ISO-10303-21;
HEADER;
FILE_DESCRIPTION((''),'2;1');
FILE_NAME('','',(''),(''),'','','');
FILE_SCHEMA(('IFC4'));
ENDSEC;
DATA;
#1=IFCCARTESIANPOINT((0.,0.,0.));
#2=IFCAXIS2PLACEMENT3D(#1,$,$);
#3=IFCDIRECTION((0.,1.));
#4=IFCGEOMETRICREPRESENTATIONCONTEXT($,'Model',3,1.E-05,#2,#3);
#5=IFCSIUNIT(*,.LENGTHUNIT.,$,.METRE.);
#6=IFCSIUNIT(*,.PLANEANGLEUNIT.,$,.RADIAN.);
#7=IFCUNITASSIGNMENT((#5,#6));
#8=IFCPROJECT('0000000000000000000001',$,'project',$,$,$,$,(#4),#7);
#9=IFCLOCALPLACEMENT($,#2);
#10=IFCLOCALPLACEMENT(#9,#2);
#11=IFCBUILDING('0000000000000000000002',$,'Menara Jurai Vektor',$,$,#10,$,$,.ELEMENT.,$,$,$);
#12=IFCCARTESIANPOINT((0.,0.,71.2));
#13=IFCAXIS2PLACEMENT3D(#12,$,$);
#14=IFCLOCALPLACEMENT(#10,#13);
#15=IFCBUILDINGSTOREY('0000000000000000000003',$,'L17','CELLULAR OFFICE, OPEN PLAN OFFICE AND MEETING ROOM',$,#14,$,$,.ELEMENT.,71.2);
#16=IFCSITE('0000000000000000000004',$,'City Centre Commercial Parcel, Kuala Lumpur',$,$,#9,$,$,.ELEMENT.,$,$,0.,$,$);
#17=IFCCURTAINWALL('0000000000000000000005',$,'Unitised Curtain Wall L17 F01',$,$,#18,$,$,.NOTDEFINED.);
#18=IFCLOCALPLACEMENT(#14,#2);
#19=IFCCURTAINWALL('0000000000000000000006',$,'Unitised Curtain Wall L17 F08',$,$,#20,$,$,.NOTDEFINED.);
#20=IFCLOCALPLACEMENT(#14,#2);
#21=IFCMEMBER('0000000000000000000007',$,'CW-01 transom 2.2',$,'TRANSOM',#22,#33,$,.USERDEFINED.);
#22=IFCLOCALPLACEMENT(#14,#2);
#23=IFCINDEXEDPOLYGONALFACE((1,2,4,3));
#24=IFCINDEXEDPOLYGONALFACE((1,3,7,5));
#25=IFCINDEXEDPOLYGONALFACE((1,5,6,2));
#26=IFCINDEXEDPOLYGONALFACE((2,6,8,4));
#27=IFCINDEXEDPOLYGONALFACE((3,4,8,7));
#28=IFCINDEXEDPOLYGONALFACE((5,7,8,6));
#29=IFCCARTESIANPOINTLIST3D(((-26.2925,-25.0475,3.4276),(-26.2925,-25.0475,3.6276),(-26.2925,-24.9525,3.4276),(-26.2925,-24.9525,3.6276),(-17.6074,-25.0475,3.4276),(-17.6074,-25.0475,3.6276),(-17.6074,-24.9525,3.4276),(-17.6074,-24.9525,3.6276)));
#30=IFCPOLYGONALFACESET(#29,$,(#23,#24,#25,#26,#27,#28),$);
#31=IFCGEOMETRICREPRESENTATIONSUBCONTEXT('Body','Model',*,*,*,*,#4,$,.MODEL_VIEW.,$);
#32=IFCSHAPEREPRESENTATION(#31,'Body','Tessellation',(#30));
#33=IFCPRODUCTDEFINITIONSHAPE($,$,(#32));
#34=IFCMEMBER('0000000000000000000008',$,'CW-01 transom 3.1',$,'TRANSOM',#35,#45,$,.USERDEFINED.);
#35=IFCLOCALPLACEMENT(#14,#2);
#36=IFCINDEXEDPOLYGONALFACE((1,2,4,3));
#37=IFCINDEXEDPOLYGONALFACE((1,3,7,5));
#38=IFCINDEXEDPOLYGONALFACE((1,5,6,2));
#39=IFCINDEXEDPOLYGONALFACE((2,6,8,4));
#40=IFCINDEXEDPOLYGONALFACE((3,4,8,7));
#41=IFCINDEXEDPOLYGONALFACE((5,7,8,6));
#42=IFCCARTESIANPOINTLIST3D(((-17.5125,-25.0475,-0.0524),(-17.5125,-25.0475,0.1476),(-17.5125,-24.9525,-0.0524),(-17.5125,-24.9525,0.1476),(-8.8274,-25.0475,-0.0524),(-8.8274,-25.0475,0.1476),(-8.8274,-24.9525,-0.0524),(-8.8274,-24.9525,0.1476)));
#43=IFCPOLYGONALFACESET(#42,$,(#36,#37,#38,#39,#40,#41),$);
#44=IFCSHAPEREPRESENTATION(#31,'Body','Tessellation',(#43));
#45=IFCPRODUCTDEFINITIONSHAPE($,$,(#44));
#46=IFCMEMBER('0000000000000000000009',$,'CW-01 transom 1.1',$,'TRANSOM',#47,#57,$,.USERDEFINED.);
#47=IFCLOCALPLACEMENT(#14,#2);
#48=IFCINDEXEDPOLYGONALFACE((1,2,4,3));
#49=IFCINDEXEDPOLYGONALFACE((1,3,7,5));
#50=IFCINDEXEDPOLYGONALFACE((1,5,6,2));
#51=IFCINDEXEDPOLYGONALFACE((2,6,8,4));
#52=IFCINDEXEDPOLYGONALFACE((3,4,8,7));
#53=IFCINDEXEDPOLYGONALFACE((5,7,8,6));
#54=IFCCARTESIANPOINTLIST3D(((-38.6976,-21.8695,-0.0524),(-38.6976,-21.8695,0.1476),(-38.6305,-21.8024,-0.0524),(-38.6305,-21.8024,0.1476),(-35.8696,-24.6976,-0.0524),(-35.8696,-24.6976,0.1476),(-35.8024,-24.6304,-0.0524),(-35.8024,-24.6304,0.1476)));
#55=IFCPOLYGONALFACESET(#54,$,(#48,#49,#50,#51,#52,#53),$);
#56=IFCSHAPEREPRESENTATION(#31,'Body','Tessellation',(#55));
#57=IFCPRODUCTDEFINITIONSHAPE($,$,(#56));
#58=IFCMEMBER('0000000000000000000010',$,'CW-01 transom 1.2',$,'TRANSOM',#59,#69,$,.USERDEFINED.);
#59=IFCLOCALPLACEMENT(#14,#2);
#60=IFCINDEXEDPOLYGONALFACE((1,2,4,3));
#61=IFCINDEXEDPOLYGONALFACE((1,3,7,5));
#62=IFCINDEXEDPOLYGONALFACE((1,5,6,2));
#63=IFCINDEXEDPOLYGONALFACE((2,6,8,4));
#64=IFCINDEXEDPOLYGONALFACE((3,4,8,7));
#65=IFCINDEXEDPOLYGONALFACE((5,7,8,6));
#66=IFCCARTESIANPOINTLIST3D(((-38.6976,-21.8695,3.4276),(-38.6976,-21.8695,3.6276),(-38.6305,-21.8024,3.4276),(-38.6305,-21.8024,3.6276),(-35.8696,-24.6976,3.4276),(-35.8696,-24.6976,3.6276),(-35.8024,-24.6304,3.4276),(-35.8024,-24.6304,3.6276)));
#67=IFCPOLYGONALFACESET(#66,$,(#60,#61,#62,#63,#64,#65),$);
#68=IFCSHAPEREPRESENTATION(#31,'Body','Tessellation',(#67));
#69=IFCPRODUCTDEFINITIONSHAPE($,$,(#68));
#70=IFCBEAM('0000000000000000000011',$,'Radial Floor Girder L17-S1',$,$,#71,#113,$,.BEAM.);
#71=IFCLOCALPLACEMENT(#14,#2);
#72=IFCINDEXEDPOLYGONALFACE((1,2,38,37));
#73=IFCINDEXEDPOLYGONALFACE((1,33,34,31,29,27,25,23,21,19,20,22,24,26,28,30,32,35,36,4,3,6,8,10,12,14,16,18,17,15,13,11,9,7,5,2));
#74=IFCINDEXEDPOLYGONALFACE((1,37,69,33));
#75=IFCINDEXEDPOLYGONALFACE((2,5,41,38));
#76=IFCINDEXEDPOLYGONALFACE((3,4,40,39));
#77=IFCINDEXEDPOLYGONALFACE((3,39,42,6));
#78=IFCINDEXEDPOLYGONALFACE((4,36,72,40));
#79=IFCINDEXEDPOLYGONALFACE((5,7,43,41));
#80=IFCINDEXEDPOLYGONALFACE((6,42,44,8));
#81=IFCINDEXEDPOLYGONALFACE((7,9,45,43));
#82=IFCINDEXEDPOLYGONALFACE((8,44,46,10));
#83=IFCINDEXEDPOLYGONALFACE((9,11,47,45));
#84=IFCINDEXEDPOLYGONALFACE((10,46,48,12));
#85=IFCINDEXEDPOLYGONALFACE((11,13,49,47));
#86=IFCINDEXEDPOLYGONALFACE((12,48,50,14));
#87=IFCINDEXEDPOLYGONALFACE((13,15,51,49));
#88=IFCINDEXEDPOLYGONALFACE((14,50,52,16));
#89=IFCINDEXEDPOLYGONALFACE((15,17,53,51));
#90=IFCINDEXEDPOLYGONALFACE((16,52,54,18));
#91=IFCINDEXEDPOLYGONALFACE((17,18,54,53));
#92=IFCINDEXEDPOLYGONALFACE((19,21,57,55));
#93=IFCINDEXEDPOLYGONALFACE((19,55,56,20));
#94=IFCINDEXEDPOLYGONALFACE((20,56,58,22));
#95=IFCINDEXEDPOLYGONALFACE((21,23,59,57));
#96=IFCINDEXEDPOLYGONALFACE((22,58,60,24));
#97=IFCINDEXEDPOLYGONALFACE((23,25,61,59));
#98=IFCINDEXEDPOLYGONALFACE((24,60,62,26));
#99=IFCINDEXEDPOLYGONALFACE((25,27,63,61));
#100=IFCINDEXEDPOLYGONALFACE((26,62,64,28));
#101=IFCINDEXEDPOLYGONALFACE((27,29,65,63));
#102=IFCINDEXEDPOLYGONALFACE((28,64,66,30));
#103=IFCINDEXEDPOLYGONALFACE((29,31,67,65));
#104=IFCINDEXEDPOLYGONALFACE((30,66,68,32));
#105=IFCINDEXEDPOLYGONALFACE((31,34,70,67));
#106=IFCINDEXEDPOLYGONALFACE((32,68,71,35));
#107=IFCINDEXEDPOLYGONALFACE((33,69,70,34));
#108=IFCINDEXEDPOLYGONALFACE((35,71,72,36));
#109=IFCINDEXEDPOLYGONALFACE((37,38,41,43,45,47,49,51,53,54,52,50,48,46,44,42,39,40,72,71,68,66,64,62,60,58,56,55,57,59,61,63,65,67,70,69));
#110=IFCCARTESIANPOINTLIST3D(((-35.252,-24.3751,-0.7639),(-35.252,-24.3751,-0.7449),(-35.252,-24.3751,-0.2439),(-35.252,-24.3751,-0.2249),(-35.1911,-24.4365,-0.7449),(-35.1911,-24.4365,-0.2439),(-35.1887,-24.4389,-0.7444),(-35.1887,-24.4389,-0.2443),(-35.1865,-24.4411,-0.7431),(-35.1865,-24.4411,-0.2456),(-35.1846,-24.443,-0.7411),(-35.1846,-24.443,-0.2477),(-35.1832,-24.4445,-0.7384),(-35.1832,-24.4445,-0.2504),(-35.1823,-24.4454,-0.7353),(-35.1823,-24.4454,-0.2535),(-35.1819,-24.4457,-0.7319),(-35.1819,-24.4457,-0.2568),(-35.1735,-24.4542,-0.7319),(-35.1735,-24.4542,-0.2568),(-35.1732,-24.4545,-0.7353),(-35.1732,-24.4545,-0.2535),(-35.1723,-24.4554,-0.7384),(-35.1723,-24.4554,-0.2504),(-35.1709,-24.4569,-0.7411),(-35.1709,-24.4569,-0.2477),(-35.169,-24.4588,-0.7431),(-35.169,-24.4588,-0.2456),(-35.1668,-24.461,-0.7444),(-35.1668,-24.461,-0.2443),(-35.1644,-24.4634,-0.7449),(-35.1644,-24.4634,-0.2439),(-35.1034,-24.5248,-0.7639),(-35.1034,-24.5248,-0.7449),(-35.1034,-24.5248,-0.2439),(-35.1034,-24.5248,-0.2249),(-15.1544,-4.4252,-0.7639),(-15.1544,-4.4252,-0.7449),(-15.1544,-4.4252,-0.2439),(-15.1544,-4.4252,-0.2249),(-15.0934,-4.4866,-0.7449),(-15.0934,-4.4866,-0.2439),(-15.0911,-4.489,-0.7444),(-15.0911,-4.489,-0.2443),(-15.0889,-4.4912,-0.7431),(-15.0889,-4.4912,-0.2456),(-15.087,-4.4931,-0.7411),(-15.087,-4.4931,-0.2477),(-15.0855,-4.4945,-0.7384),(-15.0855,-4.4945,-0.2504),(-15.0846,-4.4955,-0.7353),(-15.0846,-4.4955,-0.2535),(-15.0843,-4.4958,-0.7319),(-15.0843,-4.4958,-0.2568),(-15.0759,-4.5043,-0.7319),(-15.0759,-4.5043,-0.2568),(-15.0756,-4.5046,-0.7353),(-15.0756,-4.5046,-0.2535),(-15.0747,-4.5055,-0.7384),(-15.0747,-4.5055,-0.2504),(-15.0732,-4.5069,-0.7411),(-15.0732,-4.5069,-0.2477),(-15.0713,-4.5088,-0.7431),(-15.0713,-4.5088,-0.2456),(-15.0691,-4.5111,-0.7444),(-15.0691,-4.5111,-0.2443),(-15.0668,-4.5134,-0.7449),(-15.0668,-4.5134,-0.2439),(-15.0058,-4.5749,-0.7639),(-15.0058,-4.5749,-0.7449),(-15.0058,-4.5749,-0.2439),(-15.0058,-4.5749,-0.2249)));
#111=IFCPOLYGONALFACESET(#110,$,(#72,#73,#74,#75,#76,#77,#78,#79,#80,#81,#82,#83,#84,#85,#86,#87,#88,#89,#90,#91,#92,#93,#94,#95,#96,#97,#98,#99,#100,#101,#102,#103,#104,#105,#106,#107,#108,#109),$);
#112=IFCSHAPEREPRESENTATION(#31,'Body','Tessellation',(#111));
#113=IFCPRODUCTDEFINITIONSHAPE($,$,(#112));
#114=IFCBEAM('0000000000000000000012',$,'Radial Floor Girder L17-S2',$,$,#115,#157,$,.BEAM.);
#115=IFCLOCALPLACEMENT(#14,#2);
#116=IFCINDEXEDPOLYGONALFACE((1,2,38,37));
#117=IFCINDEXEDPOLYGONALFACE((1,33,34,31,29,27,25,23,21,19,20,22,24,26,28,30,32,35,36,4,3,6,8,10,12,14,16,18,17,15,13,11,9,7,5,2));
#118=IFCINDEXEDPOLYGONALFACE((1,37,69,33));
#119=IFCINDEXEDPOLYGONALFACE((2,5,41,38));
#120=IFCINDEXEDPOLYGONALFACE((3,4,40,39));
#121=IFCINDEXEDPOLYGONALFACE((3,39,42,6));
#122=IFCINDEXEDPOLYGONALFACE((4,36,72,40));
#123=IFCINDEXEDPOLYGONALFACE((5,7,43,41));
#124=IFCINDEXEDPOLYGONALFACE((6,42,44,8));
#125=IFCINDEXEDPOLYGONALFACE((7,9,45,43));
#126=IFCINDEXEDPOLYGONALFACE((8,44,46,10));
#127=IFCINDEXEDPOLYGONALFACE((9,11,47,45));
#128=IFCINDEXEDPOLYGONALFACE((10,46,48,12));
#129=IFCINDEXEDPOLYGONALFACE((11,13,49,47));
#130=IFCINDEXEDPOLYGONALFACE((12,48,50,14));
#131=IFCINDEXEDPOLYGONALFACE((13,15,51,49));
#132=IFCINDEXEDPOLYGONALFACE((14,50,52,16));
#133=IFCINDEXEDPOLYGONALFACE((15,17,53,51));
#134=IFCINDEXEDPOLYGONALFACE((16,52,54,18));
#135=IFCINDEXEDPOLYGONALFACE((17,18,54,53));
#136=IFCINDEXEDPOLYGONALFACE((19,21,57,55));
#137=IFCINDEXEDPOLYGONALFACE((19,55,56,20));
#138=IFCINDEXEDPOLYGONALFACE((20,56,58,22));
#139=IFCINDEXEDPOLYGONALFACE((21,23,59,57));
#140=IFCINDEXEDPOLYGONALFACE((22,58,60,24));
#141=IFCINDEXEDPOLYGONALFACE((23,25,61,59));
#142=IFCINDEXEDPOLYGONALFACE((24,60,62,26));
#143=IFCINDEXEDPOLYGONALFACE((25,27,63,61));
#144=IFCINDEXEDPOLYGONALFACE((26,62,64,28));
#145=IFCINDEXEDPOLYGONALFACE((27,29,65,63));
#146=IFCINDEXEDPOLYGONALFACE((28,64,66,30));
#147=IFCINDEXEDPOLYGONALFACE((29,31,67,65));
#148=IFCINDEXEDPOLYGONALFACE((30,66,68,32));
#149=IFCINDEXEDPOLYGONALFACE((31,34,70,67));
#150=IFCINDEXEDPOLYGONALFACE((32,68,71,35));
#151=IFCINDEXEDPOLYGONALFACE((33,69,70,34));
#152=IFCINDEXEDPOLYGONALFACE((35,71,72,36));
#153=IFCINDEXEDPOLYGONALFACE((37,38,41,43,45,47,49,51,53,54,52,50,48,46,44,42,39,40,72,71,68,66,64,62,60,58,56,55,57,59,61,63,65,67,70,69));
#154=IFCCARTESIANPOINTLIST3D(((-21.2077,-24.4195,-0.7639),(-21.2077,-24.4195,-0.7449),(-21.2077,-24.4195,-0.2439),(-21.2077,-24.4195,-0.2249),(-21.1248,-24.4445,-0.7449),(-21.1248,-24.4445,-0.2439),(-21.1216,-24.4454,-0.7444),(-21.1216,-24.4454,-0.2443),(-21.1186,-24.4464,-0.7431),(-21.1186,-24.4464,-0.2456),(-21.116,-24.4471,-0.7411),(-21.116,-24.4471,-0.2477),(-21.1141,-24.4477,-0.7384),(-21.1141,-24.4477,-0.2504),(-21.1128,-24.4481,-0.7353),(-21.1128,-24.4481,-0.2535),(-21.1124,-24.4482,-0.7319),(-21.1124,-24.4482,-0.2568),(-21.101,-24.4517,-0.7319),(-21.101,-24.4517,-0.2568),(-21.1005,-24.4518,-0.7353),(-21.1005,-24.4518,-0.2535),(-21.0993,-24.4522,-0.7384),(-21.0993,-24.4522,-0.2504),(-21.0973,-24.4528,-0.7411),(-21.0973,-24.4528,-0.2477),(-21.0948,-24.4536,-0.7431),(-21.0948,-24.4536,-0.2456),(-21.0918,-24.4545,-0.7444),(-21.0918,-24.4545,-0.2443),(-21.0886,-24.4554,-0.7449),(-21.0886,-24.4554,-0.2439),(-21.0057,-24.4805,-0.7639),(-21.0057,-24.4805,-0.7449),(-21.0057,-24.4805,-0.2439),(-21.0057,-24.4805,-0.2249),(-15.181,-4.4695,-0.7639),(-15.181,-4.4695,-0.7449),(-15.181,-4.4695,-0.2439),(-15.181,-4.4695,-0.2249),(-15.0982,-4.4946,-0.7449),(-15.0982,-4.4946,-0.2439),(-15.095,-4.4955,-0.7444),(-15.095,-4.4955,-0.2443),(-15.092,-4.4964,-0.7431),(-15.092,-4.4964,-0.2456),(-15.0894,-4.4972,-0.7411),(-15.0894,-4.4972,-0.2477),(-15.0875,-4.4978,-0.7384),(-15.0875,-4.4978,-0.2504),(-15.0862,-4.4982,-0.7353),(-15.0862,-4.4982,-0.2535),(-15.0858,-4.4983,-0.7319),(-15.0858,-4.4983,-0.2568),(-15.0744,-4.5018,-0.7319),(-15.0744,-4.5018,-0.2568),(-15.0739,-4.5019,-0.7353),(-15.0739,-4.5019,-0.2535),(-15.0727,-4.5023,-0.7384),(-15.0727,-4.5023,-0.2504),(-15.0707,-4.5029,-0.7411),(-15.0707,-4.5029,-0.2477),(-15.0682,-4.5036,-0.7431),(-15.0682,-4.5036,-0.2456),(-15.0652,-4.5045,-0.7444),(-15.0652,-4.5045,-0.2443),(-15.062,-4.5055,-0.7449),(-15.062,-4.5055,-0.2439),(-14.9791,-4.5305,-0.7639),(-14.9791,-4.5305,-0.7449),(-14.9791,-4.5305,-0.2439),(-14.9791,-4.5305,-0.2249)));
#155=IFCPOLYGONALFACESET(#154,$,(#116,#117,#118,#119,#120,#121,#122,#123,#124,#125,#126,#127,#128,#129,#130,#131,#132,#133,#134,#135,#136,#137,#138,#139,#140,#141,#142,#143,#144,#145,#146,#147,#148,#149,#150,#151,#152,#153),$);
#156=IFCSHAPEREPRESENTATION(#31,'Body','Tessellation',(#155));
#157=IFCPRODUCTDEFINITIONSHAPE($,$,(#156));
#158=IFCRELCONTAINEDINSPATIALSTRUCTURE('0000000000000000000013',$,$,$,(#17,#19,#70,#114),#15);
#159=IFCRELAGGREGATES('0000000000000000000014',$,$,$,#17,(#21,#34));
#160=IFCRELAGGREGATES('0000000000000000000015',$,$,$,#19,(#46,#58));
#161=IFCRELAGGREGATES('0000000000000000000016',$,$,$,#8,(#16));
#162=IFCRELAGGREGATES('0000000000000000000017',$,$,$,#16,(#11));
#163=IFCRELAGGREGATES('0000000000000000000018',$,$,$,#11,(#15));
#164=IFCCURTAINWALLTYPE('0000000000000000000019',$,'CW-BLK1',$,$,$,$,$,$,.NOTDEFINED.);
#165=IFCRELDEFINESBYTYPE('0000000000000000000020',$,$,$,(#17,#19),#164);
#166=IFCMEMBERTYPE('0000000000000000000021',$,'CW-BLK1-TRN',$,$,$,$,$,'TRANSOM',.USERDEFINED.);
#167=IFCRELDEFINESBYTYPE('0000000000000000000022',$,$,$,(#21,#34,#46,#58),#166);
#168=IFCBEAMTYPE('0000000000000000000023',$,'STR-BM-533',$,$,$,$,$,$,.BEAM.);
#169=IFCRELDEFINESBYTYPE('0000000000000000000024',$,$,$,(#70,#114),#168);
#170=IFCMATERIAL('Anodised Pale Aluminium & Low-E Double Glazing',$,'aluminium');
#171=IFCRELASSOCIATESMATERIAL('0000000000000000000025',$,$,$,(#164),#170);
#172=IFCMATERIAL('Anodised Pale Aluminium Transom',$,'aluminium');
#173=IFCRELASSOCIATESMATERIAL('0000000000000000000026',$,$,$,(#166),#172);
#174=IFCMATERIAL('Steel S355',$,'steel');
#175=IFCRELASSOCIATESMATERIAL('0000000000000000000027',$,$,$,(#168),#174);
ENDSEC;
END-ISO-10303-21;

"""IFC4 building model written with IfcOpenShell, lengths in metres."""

from ifc_helpers import new_model, si_unit, direction, frame, origin, origin_2d, place, context, subcontext, project, spatial, rectangle, i_section, extrude, material, material_profile, profile_set, type_object, element, aggregate, save


model = new_model("IFC4")

# Units and contexts
model_context = context("Model", 3, precision=1e-05, world=origin(), true_north=direction((0.0, 1.0)))
body_context = subcontext(model_context, "Body", "Model", "MODEL_VIEW")
ifc_project = project(units=[si_unit("LENGTHUNIT", "METRE"), si_unit("PLANEANGLEUNIT", "RADIAN")], contexts=[model_context])

# Site, building, storey
site_placement = place(None, origin())
site = spatial("IfcSite", under=ifc_project, at=site_placement, Name="City Centre Commercial Parcel, Kuala Lumpur", CompositionType="ELEMENT", RefElevation=0.0)
building_placement = place(site_placement, origin())
building = spatial("IfcBuilding", under=site, at=building_placement, Name="Menara Jurai Vektor", CompositionType="ELEMENT")
storey_placement = place(building_placement, frame((0.0, 0.0, 71.2)))
storey = spatial("IfcBuildingStorey", under=building, at=storey_placement, Name="L17", Description="CELLULAR OFFICE, OPEN PLAN OFFICE AND MEETING ROOM", CompositionType="ELEMENT", Elevation=71.2)

# Curtain wall
ifc_material_1 = material(Name="Anodised Pale Aluminium & Low-E Double Glazing", Category="aluminium")
curtain_wall_type = type_object("IfcCurtainWallType", Name="CW-BLK1", PredefinedType="NOTDEFINED", material=ifc_material_1)
curtain_wall_1_placement = place(storey_placement, origin())
curtain_wall_1 = element("IfcCurtainWall", 1, at=curtain_wall_1_placement, inside=storey, type_object=curtain_wall_type, Name="Unitised Curtain Wall L17 F01", PredefinedType="NOTDEFINED")

# Curtain wall
curtain_wall_2_placement = place(storey_placement, origin())
curtain_wall_2 = element("IfcCurtainWall", 2, at=curtain_wall_2_placement, inside=storey, type_object=curtain_wall_type, Name="Unitised Curtain Wall L17 F08", PredefinedType="NOTDEFINED")

# Members
ifc_material_2 = material(Name="Anodised Pale Aluminium Transom", Category="aluminium")
ifc_material_profile_1 = material_profile(ifc_material_2, rectangle(XDim=0.095, YDim=0.2, at=origin_2d()), Name="ALU TRN 95x200")
ifc_profile_set_1 = profile_set([ifc_material_profile_1], Name="Anodised Pale Aluminium Transom")
member_type_1 = type_object("IfcMemberType", Name="CW-BLK1-TRN", ElementType="TRANSOM", PredefinedType="USERDEFINED", material=ifc_profile_set_1)
member_1_placement = place(storey_placement, frame((-26.2925, -25.0, 3.5276), z_axis=(1.0, 0.0, 0.0), x_axis=(0.0, 1.0, 0.0)))
member_1 = element("IfcMember", 3, at=member_1_placement, type_object=member_type_1, Name="CW-01 transom 2.2", ObjectType="TRANSOM", PredefinedType="USERDEFINED", context=body_context, shape_type="SweptSolid", body=[
    extrude(rectangle(XDim=0.095, YDim=0.2, at=origin_2d()), origin(), (0.0, 0.0, 1.0), 8.6851),
])
member_2_placement = place(storey_placement, frame((-17.5125, -25.0, 0.0476), z_axis=(1.0, 0.0, 0.0), x_axis=(0.0, 1.0, 0.0)))
member_2 = element("IfcMember", 4, at=member_2_placement, type_object=member_type_1, Name="CW-01 transom 3.1", ObjectType="TRANSOM", PredefinedType="USERDEFINED", context=body_context, shape_type="SweptSolid", body=[
    extrude(rectangle(XDim=0.095, YDim=0.2, at=origin_2d()), origin(), (0.0, 0.0, 1.0), 8.6851),
])
member_3_placement = place(storey_placement, frame((-38.6641, -21.8359, 0.0476), z_axis=(0.707107, -0.707107, 0.0), x_axis=(0.707107, 0.707107, 0.0)))
member_3 = element("IfcMember", 5, at=member_3_placement, type_object=member_type_1, Name="CW-01 transom 1.1", ObjectType="TRANSOM", PredefinedType="USERDEFINED", context=body_context, shape_type="SweptSolid", body=[
    extrude(rectangle(XDim=0.095, YDim=0.2, at=origin_2d()), origin(), (0.0, 0.0, 1.0), 3.9995),
])
member_4_placement = place(storey_placement, frame((-38.6641, -21.8359, 3.5276), z_axis=(0.707107, -0.707107, 0.0), x_axis=(0.707107, 0.707107, 0.0)))
member_4 = element("IfcMember", 6, at=member_4_placement, type_object=member_type_1, Name="CW-01 transom 1.2", ObjectType="TRANSOM", PredefinedType="USERDEFINED", context=body_context, shape_type="SweptSolid", body=[
    extrude(rectangle(XDim=0.095, YDim=0.2, at=origin_2d()), origin(), (0.0, 0.0, 1.0), 3.9995),
])

# Beams
ifc_material_3 = material(Name="Steel S355", Category="steel")
ifc_material_profile_2 = material_profile(ifc_material_3, i_section(OverallWidth=0.2109, OverallDepth=0.5391, WebThickness=0.012, FlangeThickness=0.019, FilletRadius=0.0129, at=origin_2d()), Name="UKB 533x210x109")
ifc_profile_set_2 = profile_set([ifc_material_profile_2], Name="Steel S355")
beam_type_1 = type_object("IfcBeamType", Name="STR-BM-533", PredefinedType="BEAM", material=ifc_profile_set_2)
beam_1_placement = place(storey_placement, frame((-35.1777, -24.45, -0.4944), z_axis=(0.70971, 0.704494, 0.0), x_axis=(-0.704494, 0.70971, 0.0)))
element("IfcBeam", 7, at=beam_1_placement, inside=storey, type_object=beam_type_1, Name="Radial Floor Girder L17-S1", PredefinedType="BEAM", context=body_context, shape_type="SweptSolid", body=[
    extrude(i_section(OverallWidth=0.2109, OverallDepth=0.5391, WebThickness=0.012, FlangeThickness=0.019, FilletRadius=0.0129, at=origin_2d()), origin(), (0.0, 0.0, 1.0), 28.3181),
])
beam_2_placement = place(storey_placement, frame((-21.1067, -24.45, -0.4944), z_axis=(0.28918, 0.957275, 0.0), x_axis=(-0.957275, 0.28918, 0.0)))
element("IfcBeam", 8, at=beam_2_placement, inside=storey, type_object=beam_type_1, Name="Radial Floor Girder L17-S2", PredefinedType="BEAM", context=body_context, shape_type="SweptSolid", body=[
    extrude(i_section(OverallWidth=0.2109, OverallDepth=0.5391, WebThickness=0.012, FlangeThickness=0.019, FilletRadius=0.0129, at=origin_2d()), origin(), (0.0, 0.0, 1.0), 20.8403),
])

aggregate(curtain_wall_1, [member_1, member_2])
aggregate(curtain_wall_2, [member_3, member_4])

save(model, "model.ifc")
